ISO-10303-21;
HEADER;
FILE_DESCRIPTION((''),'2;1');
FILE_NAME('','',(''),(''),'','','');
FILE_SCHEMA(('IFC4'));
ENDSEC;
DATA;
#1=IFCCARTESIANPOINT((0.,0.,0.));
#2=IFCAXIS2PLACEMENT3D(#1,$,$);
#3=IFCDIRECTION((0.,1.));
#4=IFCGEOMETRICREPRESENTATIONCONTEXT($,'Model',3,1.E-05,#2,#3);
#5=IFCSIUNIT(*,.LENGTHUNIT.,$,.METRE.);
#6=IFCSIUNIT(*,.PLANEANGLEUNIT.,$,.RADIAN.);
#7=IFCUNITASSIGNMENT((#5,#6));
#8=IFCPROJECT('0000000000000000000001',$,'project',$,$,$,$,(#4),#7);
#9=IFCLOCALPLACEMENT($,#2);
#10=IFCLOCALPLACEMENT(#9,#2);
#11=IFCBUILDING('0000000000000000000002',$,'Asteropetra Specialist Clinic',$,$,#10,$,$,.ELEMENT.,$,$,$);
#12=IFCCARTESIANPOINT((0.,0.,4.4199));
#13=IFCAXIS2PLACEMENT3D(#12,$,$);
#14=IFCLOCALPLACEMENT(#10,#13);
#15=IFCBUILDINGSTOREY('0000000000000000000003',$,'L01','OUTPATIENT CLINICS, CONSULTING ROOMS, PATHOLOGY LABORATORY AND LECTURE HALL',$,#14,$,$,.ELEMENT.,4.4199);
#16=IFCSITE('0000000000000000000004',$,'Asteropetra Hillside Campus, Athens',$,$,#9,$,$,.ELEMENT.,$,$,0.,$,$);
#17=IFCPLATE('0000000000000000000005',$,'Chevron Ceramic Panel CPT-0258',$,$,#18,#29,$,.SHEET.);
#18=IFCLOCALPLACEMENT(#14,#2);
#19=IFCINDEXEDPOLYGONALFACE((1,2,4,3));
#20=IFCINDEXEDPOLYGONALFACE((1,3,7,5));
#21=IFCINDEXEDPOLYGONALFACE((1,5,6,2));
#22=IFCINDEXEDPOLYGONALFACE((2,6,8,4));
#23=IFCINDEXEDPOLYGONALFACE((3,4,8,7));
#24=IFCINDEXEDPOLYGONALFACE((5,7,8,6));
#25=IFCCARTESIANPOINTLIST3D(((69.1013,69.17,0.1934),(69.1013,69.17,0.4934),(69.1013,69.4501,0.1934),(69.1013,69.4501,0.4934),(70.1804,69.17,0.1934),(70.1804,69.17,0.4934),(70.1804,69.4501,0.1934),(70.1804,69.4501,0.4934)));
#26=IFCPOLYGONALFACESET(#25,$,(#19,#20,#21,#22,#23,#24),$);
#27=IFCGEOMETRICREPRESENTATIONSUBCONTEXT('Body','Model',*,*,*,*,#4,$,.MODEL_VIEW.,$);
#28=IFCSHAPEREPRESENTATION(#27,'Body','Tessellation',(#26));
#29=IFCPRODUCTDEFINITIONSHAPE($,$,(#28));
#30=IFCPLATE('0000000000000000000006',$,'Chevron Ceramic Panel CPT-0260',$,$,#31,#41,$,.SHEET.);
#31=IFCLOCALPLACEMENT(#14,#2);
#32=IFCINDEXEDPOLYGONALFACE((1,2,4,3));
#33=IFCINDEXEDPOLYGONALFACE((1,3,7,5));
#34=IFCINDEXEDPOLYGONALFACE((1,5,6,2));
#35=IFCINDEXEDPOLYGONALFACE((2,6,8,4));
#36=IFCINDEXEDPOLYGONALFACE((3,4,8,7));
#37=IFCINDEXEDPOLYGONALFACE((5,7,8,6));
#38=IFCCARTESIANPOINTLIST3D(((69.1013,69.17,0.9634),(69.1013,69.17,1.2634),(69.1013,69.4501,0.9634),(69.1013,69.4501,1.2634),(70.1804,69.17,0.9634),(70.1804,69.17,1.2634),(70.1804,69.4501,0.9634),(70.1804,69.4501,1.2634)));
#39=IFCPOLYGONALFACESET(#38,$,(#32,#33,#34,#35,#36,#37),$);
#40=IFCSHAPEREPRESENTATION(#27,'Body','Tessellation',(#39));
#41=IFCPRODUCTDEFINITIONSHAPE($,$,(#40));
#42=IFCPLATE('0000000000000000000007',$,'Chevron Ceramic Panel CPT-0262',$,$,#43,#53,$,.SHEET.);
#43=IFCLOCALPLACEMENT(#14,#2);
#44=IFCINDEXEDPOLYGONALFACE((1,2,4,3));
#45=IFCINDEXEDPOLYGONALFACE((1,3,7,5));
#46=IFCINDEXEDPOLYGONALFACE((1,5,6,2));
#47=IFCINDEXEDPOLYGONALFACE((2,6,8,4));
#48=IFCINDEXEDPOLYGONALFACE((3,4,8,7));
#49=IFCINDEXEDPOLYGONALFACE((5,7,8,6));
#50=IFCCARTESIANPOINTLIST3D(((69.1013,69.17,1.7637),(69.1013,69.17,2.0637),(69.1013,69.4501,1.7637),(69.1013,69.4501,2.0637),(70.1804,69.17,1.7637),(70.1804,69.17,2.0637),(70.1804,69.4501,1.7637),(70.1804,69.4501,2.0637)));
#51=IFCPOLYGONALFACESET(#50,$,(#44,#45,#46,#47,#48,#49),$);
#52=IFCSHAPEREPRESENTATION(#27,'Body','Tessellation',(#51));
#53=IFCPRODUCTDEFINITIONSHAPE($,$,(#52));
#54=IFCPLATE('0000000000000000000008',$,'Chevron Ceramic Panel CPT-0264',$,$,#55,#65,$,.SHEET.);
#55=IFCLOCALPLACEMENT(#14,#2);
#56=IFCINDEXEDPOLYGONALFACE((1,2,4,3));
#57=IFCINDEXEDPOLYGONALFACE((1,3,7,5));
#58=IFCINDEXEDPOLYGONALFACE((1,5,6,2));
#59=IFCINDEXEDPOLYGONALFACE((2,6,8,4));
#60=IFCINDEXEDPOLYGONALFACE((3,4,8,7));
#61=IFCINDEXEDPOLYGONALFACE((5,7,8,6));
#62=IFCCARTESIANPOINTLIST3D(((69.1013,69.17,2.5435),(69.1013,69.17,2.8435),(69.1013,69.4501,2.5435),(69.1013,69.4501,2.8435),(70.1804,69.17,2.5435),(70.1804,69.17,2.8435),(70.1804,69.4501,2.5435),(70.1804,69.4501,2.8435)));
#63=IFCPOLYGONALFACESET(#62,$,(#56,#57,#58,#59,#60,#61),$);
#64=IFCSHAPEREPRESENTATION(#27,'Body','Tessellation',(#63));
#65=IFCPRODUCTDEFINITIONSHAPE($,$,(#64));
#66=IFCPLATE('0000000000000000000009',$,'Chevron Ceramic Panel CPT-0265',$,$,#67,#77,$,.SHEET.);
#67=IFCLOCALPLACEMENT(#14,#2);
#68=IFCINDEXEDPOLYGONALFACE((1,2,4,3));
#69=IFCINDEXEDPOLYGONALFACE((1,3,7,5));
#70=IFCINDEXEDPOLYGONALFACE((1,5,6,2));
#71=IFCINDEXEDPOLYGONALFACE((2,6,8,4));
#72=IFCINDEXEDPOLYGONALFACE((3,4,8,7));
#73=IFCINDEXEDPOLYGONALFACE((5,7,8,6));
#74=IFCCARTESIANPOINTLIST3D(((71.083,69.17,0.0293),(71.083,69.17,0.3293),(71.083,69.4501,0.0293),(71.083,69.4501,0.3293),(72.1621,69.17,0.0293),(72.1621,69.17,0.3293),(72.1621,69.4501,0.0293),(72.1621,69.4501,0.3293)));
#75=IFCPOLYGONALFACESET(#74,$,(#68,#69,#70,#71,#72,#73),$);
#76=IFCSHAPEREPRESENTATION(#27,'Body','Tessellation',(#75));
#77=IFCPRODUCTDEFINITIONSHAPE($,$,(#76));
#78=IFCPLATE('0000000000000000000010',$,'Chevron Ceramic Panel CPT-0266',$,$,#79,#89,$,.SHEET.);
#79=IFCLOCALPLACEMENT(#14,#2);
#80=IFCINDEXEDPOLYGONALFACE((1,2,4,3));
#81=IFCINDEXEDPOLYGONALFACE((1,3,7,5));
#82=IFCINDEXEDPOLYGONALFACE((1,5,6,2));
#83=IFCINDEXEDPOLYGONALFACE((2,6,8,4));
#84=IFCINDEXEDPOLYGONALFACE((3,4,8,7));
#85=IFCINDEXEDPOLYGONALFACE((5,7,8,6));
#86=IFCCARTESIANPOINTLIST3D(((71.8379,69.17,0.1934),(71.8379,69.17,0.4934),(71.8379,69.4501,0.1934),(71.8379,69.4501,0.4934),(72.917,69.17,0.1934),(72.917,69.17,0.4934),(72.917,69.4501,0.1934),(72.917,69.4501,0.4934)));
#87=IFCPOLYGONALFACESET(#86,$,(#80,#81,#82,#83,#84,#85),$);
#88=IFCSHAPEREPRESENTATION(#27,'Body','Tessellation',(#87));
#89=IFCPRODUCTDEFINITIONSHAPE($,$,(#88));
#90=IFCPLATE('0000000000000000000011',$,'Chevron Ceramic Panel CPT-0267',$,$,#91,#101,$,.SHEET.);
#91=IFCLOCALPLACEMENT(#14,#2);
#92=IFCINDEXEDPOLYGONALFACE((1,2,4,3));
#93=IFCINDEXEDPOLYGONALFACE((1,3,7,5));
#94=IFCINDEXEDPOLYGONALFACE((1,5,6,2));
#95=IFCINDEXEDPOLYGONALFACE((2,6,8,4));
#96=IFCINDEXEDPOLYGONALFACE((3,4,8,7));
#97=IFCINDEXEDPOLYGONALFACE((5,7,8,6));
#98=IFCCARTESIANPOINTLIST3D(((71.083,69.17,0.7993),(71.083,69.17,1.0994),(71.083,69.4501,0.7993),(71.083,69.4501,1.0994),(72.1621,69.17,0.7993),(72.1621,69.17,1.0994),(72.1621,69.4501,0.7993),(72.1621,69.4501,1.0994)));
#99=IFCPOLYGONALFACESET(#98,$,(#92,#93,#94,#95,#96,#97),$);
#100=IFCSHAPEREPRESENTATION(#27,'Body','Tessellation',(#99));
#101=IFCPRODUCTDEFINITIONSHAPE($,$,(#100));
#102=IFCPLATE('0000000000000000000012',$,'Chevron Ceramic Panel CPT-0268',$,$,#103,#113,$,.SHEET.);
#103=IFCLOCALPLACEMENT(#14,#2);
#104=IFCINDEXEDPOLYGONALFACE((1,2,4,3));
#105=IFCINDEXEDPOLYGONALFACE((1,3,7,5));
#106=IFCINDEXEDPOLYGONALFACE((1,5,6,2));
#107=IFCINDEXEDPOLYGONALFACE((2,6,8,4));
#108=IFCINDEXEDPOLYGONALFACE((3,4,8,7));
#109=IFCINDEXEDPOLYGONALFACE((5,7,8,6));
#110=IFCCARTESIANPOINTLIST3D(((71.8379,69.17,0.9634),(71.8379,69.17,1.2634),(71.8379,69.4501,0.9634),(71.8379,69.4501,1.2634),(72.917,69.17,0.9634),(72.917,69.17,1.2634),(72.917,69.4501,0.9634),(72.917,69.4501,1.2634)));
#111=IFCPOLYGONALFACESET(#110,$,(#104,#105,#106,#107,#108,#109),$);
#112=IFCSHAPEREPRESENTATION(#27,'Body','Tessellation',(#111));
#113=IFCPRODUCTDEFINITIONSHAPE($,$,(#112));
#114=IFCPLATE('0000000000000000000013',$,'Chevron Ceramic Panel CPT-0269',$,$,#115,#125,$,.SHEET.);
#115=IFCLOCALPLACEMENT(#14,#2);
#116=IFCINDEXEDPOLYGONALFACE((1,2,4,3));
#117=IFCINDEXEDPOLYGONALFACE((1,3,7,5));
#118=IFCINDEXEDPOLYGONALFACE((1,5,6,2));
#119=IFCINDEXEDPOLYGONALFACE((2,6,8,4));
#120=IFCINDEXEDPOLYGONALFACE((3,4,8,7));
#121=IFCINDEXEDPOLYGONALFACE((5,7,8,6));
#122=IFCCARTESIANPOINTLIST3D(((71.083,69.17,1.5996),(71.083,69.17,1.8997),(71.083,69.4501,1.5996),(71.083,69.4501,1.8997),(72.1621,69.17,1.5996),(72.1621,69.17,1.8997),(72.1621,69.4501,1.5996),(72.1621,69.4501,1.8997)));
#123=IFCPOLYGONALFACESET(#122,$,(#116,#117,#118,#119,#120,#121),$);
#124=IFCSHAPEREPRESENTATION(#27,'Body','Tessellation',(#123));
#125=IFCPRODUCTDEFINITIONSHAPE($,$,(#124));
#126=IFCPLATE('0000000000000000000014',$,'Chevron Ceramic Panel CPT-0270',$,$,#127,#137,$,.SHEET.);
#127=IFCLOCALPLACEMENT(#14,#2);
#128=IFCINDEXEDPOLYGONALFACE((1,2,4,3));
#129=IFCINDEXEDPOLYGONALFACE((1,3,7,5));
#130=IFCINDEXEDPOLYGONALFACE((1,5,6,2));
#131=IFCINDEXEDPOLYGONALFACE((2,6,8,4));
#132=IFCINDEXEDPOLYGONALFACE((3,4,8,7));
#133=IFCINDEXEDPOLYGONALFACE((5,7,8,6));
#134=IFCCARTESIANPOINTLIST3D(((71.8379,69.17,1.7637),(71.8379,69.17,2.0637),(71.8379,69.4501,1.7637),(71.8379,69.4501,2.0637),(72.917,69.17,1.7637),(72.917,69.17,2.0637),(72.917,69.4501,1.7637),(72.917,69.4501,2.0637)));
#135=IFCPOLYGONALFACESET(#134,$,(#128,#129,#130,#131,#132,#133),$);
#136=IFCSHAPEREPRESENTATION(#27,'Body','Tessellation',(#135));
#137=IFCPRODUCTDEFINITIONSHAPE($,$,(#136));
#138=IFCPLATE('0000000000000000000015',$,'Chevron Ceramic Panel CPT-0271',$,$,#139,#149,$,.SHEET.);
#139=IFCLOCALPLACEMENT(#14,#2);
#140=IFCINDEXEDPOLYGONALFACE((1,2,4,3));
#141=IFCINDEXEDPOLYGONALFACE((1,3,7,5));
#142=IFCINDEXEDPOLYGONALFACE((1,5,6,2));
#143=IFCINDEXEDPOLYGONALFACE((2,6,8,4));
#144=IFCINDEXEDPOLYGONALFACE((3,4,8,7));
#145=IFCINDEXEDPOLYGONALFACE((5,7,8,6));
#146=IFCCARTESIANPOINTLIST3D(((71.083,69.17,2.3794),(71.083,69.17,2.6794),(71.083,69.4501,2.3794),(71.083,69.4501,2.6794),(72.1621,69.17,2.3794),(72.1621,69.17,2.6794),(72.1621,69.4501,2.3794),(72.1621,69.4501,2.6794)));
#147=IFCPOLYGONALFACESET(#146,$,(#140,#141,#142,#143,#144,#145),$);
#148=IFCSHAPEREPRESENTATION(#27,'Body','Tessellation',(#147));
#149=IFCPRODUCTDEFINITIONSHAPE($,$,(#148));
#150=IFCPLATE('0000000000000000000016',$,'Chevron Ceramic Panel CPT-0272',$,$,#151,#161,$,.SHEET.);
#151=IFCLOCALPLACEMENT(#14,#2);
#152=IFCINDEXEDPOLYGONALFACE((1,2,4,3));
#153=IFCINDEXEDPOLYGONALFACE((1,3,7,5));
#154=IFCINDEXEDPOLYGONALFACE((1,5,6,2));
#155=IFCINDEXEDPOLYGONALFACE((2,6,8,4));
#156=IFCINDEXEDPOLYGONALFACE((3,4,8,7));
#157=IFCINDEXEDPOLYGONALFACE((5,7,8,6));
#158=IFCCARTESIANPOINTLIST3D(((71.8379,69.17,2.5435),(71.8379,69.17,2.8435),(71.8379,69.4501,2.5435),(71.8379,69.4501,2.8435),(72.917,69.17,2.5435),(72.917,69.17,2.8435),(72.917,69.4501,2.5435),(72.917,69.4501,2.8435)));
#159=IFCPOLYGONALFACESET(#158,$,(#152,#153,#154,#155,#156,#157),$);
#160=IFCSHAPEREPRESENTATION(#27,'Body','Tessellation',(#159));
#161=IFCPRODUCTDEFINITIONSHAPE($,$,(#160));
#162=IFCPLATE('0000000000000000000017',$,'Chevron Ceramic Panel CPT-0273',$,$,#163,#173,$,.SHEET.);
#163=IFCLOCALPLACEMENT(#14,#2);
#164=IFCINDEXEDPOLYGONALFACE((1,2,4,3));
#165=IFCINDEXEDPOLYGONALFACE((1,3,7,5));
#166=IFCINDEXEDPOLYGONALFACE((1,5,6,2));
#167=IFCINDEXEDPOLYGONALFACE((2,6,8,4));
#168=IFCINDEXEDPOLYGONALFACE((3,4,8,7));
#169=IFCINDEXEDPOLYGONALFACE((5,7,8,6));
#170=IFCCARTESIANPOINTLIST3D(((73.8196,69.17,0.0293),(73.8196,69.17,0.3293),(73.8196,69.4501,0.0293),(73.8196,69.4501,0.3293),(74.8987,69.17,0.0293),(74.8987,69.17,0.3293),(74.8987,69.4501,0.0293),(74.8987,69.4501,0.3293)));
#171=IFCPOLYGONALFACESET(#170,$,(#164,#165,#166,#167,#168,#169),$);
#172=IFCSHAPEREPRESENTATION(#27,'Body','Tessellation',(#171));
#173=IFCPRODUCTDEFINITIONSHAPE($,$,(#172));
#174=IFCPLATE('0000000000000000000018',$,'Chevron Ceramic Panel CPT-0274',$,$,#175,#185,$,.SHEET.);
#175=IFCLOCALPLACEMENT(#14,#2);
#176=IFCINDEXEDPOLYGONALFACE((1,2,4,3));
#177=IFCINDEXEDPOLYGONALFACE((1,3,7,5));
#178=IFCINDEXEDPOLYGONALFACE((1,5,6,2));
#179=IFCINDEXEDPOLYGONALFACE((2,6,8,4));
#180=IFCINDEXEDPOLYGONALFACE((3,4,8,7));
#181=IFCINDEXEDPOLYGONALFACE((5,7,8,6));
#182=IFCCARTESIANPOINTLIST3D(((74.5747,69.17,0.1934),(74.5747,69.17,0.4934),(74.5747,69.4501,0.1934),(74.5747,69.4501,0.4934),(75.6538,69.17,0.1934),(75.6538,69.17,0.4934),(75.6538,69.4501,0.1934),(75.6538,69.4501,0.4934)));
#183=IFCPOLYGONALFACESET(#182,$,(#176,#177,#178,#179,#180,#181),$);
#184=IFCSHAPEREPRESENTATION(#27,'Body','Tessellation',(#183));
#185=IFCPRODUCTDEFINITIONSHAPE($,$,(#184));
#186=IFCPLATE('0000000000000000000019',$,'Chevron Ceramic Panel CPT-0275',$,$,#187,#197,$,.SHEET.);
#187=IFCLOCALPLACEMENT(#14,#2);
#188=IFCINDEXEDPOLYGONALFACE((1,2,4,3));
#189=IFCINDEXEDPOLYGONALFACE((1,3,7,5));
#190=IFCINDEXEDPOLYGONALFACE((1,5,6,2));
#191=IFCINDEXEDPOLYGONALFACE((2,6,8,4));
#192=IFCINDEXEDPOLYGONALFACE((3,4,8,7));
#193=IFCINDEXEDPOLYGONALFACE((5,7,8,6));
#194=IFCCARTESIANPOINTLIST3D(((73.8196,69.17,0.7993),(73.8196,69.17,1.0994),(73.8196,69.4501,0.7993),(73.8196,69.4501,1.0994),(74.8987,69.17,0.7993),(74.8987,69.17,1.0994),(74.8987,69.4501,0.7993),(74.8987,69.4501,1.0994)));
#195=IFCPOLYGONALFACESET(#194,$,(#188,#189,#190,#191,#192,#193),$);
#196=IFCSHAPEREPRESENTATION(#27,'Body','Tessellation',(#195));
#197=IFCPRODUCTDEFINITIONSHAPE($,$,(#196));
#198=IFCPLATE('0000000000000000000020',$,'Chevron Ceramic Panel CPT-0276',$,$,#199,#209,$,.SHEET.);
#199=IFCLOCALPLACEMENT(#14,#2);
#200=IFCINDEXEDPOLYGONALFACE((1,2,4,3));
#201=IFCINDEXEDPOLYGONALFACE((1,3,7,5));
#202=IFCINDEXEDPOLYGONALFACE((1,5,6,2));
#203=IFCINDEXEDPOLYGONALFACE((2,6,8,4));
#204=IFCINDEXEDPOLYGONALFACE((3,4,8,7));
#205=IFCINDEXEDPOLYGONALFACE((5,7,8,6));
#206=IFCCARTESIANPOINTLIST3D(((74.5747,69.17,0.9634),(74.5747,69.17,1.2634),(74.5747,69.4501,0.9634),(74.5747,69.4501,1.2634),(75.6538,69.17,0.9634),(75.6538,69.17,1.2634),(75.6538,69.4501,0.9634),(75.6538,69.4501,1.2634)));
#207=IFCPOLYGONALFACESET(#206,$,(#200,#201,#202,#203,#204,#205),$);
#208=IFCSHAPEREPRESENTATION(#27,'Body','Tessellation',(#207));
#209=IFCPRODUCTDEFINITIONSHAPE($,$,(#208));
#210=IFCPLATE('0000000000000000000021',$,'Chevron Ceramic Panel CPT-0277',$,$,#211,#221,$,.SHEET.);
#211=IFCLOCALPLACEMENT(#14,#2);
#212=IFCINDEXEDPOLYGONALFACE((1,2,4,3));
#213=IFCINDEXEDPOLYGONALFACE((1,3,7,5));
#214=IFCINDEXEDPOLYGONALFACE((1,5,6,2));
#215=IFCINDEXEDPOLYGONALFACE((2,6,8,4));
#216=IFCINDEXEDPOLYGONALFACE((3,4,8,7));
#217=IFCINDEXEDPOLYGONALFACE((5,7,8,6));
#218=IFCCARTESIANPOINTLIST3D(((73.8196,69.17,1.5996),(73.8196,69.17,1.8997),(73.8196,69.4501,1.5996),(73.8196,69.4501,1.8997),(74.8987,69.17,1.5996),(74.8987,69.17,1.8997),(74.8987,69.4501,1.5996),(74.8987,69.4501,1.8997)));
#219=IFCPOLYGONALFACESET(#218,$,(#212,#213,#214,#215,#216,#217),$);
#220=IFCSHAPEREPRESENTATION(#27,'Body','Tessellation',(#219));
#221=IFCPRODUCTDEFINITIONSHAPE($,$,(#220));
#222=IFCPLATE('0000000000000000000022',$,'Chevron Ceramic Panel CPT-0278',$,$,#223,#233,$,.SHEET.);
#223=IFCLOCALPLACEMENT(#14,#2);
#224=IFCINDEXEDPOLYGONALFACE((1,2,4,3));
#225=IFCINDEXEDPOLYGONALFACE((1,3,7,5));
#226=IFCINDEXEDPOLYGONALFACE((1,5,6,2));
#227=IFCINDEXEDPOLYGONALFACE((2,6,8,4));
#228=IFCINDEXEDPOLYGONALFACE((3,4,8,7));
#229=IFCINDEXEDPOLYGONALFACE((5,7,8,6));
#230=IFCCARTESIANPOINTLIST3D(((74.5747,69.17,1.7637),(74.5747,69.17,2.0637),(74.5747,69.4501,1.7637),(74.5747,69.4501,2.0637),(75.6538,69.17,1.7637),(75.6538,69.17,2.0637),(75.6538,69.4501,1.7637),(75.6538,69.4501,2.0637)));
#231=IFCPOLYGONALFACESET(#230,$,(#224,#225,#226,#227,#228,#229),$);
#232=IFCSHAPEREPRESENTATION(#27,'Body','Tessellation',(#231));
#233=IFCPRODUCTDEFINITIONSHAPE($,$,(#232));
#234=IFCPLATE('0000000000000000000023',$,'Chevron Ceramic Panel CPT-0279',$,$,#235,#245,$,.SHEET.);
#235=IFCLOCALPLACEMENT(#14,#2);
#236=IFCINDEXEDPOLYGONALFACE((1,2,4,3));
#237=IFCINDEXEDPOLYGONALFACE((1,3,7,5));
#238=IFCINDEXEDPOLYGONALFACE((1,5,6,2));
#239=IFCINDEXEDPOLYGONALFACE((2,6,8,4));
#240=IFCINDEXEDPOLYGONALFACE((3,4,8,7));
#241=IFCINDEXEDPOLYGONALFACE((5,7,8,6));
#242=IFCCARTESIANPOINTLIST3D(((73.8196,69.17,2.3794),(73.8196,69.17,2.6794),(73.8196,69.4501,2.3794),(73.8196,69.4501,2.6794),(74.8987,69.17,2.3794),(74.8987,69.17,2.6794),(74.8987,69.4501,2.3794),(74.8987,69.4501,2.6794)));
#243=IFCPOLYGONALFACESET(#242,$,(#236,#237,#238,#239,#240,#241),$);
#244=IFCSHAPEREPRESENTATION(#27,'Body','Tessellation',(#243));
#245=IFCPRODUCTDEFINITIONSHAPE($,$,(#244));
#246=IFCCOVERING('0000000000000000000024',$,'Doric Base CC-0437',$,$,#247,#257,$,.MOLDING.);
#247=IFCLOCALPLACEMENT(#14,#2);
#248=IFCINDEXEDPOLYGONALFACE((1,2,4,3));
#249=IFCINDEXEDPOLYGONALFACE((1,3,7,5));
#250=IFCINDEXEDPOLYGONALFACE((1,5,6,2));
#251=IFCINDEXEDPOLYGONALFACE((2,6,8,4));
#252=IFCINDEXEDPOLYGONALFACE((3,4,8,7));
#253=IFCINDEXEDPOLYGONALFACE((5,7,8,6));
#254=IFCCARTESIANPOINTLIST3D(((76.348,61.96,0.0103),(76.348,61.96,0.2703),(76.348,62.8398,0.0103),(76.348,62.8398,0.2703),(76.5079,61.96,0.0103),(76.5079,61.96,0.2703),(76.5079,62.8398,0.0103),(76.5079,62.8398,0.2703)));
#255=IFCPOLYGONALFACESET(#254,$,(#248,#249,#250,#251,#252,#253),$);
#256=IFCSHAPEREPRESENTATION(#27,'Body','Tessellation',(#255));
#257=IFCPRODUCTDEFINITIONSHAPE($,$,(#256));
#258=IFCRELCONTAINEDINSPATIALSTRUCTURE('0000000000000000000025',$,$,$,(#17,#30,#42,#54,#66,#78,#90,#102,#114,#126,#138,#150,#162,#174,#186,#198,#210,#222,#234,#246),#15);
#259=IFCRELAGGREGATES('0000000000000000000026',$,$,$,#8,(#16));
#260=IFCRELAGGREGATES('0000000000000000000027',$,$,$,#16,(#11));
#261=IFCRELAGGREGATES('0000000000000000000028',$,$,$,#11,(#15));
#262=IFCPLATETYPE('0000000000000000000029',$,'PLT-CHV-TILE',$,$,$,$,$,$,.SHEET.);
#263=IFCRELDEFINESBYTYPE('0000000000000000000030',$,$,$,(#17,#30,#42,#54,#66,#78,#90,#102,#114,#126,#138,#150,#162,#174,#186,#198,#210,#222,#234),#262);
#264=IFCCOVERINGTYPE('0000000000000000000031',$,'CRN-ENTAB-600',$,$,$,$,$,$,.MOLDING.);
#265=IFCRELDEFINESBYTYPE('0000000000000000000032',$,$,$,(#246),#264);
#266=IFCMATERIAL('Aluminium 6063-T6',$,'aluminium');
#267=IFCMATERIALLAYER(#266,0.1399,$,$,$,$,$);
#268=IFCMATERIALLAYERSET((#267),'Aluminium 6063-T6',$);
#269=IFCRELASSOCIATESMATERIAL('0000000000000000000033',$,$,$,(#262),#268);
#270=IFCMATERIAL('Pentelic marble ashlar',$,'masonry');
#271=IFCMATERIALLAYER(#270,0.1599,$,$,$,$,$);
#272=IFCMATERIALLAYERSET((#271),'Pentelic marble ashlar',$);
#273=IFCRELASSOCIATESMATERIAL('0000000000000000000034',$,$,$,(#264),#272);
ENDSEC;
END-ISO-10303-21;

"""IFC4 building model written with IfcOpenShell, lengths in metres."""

from ifc_helpers import new_model, si_unit, direction, frame, origin, origin_2d, place, context, subcontext, project, spatial, rectangle, extrude, material, layer, layer_set, type_object, element, save


model = new_model("IFC4")

# Units and contexts
model_context = context("Model", 3, precision=1e-05, world=origin(), true_north=direction((0.0, 1.0)))
body_context = subcontext(model_context, "Body", "Model", "MODEL_VIEW")
ifc_project = project(units=[si_unit("LENGTHUNIT", "METRE"), si_unit("PLANEANGLEUNIT", "RADIAN")], contexts=[model_context])

# Site, building, storey
site_placement = place(None, origin())
site = spatial("IfcSite", under=ifc_project, at=site_placement, Name="Asteropetra Hillside Campus, Athens", CompositionType="ELEMENT", RefElevation=0.0)
building_placement = place(site_placement, origin())
building = spatial("IfcBuilding", under=site, at=building_placement, Name="Asteropetra Specialist Clinic", CompositionType="ELEMENT")
storey_placement = place(building_placement, frame((0.0, 0.0, 4.4199)))
storey = spatial("IfcBuildingStorey", under=building, at=storey_placement, Name="L01", Description="OUTPATIENT CLINICS, CONSULTING ROOMS, PATHOLOGY LABORATORY AND LECTURE HALL", CompositionType="ELEMENT", Elevation=4.4199)

# Plates
ifc_material_1 = material(Name="Aluminium 6063-T6", Category="aluminium")
ifc_layer_1 = layer(ifc_material_1, 0.1399)
ifc_layer_set_1 = layer_set([ifc_layer_1], Name="Aluminium 6063-T6")
plate_type = type_object("IfcPlateType", Name="PLT-CHV-TILE", PredefinedType="SHEET", material=ifc_layer_set_1)
for number, where, z_axis, x_axis, name in (
    (1, (69.6409, 69.3101, 0.1934), (0.0, 0.0, 1.0), (1.0, 0.0, 0.0), "Chevron Ceramic Panel CPT-0258"),
    (2, (69.6409, 69.3101, 0.9634), (0.0, 0.0, 1.0), (1.0, 0.0, 0.0), "Chevron Ceramic Panel CPT-0260"),
    (3, (69.6409, 69.3101, 1.7637), (0.0, 0.0, 1.0), (1.0, 0.0, 0.0), "Chevron Ceramic Panel CPT-0262"),
    (4, (69.6409, 69.3101, 2.5435), (0.0, 0.0, 1.0), (1.0, 0.0, 0.0), "Chevron Ceramic Panel CPT-0264"),
    (5, (71.6226, 69.3101, 0.0293), (0.0, 0.0, 1.0), (1.0, 0.0, 0.0), "Chevron Ceramic Panel CPT-0265"),
    (6, (72.3774, 69.3101, 0.1934), (0.0, 0.0, 1.0), (1.0, 0.0, 0.0), "Chevron Ceramic Panel CPT-0266"),
    (7, (71.6226, 69.3101, 0.7993), (0.0, 0.0, 1.0), (1.0, 0.0, 0.0), "Chevron Ceramic Panel CPT-0267"),
    (8, (72.3774, 69.3101, 0.9634), (0.0, 0.0, 1.0), (1.0, 0.0, 0.0), "Chevron Ceramic Panel CPT-0268"),
    (9, (71.6226, 69.3101, 1.5996), (0.0, 0.0, 1.0), (1.0, 0.0, 0.0), "Chevron Ceramic Panel CPT-0269"),
    (10, (72.3774, 69.3101, 1.7637), (0.0, 0.0, 1.0), (1.0, 0.0, 0.0), "Chevron Ceramic Panel CPT-0270"),
    (11, (71.6226, 69.3101, 2.3794), (0.0, 0.0, 1.0), (1.0, 0.0, 0.0), "Chevron Ceramic Panel CPT-0271"),
    (12, (72.3774, 69.3101, 2.5435), (0.0, 0.0, 1.0), (1.0, 0.0, 0.0), "Chevron Ceramic Panel CPT-0272"),
    (13, (74.3591, 69.3101, 0.0293), (0.0, 0.0, 1.0), (1.0, 0.0, 0.0), "Chevron Ceramic Panel CPT-0273"),
    (14, (75.1143, 69.3101, 0.1934), (0.0, 0.0, 1.0), (1.0, 0.0, 0.0), "Chevron Ceramic Panel CPT-0274"),
    (15, (74.3591, 69.3101, 0.7993), (0.0, 0.0, 1.0), (1.0, 0.0, 0.0), "Chevron Ceramic Panel CPT-0275"),
    (16, (75.1143, 69.3101, 0.9634), (0.0, 0.0, 1.0), (1.0, 0.0, 0.0), "Chevron Ceramic Panel CPT-0276"),
    (17, (74.3591, 69.3101, 1.5996), (0.0, 0.0, 1.0), (1.0, 0.0, 0.0), "Chevron Ceramic Panel CPT-0277"),
    (18, (75.1143, 69.3101, 1.7637), (0.0, 0.0, 1.0), (1.0, 0.0, 0.0), "Chevron Ceramic Panel CPT-0278"),
    (19, (74.3591, 69.3101, 2.3794), (0.0, 0.0, 1.0), (1.0, 0.0, 0.0), "Chevron Ceramic Panel CPT-0279"),
):
    element("IfcPlate", number, at=place(storey_placement, frame(where, z_axis=z_axis, x_axis=x_axis)), inside=storey, type_object=plate_type, Name=name, PredefinedType="SHEET", context=body_context, shape_type="SweptSolid", body=[
        extrude(rectangle(XDim=1.0791, YDim=0.28, at=origin_2d()), origin(), (0.0, 0.0, 1.0), 0.3),
    ])

# Covering
ifc_material_2 = material(Name="Pentelic marble ashlar", Category="masonry")
ifc_layer_2 = layer(ifc_material_2, 0.1599)
ifc_layer_set_2 = layer_set([ifc_layer_2], Name="Pentelic marble ashlar")
covering_type_1 = type_object("IfcCoveringType", Name="CRN-ENTAB-600", PredefinedType="MOLDING", material=ifc_layer_set_2)
covering_placement = place(storey_placement, frame((76.428, 62.3999, 0.0103), z_axis=(0.0, 0.0, 1.0), x_axis=(1.0, 0.0, 0.0)))
element("IfcCovering", 20, at=covering_placement, inside=storey, type_object=covering_type_1, Name="Doric Base CC-0437", PredefinedType="MOLDING", context=body_context, shape_type="SweptSolid", body=[
    extrude(rectangle(XDim=0.1599, YDim=0.8799, at=origin_2d()), origin(), (0.0, 0.0, 1.0), 0.26),
])

save(model, "model.ifc")
